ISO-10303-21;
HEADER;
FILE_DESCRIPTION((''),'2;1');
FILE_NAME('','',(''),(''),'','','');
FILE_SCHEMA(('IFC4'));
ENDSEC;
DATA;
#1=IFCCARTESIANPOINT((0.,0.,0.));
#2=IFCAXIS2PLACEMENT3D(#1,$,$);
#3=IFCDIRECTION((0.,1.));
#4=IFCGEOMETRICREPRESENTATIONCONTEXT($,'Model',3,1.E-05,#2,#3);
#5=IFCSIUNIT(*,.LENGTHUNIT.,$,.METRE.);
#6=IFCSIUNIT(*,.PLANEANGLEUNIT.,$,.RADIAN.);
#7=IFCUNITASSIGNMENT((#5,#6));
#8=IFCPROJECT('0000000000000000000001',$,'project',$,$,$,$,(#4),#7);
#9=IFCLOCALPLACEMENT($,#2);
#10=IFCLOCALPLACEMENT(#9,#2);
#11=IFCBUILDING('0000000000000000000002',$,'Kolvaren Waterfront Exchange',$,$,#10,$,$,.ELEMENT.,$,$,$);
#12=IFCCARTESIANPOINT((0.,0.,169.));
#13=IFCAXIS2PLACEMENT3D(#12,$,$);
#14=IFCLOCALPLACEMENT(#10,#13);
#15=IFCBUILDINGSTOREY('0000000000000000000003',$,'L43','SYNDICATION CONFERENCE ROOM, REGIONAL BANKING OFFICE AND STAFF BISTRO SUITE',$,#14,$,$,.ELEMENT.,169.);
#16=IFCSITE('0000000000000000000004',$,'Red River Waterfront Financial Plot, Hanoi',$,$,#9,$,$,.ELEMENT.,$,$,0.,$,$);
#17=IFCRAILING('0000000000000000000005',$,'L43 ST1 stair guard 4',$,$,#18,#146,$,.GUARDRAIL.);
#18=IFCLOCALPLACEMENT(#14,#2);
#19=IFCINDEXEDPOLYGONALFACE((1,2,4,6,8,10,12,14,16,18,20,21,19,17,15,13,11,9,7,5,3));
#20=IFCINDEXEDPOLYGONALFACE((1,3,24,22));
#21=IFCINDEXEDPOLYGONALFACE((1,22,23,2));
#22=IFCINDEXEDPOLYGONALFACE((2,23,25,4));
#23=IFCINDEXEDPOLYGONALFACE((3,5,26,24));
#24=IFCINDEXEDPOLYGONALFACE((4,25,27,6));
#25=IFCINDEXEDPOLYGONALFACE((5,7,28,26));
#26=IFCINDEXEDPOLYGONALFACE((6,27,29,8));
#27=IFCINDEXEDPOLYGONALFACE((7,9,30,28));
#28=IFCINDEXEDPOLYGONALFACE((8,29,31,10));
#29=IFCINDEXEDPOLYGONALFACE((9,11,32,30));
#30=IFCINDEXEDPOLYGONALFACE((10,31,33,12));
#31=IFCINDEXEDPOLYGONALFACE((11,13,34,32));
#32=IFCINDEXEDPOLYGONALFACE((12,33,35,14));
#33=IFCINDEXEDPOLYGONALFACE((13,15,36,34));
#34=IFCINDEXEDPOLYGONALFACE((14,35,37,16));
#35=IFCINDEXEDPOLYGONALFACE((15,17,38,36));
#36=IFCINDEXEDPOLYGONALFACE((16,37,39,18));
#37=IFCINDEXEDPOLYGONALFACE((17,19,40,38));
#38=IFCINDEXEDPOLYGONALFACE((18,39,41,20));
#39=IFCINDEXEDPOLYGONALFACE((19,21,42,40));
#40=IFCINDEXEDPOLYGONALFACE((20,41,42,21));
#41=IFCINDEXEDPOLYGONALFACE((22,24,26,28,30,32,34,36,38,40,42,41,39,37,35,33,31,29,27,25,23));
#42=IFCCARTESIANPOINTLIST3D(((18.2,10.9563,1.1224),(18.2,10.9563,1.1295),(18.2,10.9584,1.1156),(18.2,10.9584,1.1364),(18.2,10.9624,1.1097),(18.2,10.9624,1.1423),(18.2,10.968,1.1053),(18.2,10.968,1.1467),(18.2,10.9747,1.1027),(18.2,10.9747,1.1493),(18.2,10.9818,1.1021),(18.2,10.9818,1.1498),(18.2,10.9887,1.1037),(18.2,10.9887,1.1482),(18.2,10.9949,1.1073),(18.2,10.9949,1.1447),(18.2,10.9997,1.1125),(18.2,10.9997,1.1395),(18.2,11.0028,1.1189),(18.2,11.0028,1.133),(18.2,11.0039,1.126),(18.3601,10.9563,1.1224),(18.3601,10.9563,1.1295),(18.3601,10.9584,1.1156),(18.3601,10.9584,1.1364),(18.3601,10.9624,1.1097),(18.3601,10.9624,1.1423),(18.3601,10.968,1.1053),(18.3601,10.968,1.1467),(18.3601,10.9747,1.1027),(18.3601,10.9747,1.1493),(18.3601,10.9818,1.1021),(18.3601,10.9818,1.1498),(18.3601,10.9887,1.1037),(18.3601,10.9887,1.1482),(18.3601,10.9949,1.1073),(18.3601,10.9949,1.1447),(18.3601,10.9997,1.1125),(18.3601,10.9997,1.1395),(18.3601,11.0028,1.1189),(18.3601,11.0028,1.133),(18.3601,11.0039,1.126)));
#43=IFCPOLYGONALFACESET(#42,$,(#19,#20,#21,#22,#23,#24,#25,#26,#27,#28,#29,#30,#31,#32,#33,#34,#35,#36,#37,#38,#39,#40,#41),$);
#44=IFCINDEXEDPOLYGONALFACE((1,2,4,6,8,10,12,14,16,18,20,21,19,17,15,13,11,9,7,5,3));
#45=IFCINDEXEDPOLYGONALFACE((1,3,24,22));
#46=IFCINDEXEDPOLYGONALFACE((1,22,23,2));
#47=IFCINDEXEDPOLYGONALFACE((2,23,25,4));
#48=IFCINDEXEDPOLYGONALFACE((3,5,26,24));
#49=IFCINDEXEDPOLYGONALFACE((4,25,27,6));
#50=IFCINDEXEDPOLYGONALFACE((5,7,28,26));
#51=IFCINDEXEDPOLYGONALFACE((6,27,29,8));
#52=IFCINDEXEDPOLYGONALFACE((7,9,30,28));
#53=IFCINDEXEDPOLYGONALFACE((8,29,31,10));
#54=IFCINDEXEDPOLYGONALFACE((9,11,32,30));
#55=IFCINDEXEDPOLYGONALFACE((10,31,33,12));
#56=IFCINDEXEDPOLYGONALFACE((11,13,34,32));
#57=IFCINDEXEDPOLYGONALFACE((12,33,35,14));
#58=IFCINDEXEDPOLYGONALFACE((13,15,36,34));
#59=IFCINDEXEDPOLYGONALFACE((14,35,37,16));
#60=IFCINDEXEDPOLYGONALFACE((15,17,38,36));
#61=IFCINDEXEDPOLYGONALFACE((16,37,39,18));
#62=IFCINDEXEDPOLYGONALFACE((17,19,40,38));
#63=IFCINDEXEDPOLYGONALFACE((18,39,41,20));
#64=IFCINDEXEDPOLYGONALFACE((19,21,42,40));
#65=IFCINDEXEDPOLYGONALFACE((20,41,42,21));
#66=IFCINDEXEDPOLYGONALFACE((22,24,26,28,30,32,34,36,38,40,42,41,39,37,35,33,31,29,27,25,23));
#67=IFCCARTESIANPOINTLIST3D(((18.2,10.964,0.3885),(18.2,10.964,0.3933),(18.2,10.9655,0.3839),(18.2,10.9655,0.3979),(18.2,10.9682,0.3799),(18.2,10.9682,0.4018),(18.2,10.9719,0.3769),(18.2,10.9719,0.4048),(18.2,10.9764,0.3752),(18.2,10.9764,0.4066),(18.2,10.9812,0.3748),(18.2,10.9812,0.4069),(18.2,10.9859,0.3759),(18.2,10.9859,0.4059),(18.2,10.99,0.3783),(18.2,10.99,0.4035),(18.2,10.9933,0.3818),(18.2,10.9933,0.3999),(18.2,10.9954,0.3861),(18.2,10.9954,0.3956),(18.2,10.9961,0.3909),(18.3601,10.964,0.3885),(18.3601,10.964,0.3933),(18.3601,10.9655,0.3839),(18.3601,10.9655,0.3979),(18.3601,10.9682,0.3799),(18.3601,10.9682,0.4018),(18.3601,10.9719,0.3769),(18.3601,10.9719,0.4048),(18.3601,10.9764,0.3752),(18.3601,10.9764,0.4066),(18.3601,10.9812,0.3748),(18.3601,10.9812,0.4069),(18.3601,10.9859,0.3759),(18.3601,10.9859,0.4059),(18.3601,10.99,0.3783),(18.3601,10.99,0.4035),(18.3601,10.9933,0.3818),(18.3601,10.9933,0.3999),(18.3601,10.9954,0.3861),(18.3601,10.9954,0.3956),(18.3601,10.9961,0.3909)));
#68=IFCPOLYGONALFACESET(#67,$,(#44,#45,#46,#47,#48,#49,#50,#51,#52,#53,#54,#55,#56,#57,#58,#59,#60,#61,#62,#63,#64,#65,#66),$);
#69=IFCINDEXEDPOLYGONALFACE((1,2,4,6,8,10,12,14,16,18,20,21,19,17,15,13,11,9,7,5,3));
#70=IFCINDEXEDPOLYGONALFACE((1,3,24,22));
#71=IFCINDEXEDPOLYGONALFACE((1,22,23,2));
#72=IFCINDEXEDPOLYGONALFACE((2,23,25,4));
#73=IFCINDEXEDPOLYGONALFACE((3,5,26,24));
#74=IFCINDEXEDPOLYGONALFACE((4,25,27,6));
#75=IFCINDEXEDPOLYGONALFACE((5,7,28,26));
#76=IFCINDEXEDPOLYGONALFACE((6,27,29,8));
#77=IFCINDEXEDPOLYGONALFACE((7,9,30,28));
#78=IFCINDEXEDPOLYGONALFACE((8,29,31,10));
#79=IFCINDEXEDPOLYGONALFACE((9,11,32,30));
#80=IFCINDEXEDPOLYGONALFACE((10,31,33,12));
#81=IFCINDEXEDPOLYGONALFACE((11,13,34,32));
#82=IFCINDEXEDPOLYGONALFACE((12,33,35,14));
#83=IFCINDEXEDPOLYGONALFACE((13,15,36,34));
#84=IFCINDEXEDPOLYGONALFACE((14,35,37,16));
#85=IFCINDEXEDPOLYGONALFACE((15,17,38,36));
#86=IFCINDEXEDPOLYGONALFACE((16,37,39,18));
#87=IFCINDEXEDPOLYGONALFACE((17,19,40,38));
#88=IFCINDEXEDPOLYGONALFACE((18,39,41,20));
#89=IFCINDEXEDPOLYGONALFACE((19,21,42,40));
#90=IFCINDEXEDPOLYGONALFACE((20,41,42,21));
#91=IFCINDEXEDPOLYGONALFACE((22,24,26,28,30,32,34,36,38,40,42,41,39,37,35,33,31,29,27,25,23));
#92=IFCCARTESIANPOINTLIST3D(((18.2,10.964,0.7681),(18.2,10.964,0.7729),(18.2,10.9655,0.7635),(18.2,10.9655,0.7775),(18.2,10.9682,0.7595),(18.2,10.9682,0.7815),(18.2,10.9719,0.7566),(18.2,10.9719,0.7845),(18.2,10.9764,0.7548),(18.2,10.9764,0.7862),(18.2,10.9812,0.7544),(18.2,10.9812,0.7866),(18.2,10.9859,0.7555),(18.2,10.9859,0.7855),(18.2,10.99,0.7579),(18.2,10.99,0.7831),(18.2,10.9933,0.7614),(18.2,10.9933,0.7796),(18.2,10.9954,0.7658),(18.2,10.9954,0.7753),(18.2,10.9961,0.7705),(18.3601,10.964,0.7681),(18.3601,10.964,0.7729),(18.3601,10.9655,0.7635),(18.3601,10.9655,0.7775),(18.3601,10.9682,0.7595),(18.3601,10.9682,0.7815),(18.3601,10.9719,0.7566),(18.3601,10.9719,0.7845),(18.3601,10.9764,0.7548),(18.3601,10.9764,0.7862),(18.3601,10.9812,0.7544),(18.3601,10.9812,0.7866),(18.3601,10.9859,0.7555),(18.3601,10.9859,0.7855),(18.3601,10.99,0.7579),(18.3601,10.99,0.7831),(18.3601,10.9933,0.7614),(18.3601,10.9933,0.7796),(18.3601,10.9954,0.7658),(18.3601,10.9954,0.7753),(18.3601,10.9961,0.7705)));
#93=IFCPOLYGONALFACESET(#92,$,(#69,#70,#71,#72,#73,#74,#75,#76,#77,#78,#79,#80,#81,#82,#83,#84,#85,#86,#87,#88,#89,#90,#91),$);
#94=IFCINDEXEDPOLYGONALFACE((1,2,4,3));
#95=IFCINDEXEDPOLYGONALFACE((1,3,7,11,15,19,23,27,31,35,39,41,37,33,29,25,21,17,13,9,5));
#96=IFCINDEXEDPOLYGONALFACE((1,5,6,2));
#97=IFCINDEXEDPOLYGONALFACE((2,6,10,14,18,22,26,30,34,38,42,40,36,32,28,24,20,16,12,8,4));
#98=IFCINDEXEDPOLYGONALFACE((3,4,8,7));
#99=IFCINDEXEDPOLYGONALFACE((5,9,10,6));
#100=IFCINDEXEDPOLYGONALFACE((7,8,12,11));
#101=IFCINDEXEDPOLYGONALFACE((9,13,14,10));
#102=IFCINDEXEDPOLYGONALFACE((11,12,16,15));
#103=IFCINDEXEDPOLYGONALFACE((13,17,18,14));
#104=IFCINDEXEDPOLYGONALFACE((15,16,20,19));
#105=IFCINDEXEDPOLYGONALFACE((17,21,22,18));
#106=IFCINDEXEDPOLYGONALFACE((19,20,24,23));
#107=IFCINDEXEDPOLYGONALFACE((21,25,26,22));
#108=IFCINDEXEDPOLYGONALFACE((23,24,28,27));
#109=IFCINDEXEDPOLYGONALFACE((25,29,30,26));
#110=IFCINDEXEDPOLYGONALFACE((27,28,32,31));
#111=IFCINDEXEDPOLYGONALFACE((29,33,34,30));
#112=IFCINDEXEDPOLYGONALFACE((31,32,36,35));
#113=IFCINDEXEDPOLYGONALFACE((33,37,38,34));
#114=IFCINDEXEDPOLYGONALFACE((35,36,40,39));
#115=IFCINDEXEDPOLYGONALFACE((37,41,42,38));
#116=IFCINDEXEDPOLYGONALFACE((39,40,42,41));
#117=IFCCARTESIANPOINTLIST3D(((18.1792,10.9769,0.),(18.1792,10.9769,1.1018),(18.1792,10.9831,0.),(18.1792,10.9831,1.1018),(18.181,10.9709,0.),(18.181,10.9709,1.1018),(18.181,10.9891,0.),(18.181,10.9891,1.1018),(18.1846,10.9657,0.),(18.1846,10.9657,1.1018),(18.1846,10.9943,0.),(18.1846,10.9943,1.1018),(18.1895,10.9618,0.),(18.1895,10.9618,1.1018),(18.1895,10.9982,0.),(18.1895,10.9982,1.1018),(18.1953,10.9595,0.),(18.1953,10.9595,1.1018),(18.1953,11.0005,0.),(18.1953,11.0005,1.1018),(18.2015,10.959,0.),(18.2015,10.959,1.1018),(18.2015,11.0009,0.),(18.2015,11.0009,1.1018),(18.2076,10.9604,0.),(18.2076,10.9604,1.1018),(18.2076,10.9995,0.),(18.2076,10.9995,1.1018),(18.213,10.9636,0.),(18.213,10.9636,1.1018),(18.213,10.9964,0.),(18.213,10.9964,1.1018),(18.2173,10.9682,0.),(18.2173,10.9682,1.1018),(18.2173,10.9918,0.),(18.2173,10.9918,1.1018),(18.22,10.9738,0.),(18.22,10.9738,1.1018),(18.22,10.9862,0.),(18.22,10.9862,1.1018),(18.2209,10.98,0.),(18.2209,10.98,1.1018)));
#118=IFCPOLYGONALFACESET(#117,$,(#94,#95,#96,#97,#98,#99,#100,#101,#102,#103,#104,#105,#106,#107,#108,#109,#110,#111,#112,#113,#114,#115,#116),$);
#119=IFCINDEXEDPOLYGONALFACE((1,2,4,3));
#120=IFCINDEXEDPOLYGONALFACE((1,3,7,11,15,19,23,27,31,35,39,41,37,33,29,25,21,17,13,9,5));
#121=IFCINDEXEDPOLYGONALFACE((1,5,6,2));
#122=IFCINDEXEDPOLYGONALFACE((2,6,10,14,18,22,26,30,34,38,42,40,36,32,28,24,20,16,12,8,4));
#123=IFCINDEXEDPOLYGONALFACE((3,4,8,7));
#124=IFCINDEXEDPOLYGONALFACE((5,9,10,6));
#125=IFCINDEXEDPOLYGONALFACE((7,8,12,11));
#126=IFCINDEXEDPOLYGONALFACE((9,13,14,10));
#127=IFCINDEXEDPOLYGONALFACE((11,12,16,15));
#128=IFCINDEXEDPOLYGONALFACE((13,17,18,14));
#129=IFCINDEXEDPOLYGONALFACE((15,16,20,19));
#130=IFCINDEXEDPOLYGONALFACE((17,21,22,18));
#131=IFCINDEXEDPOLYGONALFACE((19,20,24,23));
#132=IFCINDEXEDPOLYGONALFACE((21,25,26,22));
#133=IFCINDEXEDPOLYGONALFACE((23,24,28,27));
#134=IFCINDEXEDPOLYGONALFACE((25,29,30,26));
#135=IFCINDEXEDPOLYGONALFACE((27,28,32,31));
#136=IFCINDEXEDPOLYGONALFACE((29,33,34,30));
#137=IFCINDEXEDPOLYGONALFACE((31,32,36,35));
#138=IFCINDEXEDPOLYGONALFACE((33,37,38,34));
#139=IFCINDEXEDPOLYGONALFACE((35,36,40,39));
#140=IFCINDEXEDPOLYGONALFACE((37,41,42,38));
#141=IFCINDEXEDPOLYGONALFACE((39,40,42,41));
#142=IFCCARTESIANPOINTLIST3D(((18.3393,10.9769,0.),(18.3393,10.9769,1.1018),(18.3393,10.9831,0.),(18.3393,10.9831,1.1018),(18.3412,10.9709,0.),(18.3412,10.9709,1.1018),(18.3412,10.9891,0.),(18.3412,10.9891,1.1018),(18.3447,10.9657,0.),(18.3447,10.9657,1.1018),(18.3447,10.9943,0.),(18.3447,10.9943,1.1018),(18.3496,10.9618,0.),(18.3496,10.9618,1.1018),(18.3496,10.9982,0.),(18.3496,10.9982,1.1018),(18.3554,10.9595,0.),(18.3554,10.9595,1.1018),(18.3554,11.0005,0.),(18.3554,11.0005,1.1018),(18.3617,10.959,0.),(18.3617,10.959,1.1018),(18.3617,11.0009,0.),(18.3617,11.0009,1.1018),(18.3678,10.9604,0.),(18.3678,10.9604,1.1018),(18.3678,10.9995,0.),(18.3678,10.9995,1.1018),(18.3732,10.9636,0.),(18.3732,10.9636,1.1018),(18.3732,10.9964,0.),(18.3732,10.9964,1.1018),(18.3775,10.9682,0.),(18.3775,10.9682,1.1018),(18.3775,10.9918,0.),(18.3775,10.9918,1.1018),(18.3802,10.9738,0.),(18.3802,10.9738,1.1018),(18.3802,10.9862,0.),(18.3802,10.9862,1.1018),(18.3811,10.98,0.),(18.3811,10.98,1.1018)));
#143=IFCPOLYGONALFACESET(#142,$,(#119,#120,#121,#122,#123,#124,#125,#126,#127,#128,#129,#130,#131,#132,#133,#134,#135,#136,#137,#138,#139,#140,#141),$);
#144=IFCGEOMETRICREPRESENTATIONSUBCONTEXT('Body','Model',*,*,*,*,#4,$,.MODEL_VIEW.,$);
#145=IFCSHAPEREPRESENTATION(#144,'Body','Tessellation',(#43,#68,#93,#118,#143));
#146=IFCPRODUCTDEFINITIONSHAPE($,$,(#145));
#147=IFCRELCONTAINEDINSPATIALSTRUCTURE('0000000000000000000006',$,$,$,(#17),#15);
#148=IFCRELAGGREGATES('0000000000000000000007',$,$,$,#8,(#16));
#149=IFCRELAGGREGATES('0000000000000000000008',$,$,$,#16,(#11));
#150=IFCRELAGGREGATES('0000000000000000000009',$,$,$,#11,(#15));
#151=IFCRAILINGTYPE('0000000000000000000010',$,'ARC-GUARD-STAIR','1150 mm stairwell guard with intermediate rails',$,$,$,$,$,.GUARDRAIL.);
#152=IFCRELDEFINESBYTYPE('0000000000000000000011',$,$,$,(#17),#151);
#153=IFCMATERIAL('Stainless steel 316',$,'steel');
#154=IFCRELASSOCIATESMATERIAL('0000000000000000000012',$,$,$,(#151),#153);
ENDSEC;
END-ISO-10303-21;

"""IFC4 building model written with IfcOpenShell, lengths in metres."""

from ifc_helpers import new_model, si_unit, direction, frame, origin, origin_2d, place, context, subcontext, project, spatial, circle, extrude, material, type_object, element, save


model = new_model("IFC4")

# Units and contexts
model_context = context("Model", 3, precision=1e-05, world=origin(), true_north=direction((0.0, 1.0)))
body_context = subcontext(model_context, "Body", "Model", "MODEL_VIEW")
ifc_project = project(units=[si_unit("LENGTHUNIT", "METRE"), si_unit("PLANEANGLEUNIT", "RADIAN")], contexts=[model_context])

# Site, building, storey
site_placement = place(None, origin())
site = spatial("IfcSite", under=ifc_project, at=site_placement, Name="Red River Waterfront Financial Plot, Hanoi", CompositionType="ELEMENT", RefElevation=0.0)
building_placement = place(site_placement, origin())
building = spatial("IfcBuilding", under=site, at=building_placement, Name="Kolvaren Waterfront Exchange", CompositionType="ELEMENT")
storey_placement = place(building_placement, frame((0.0, 0.0, 169.0)))
storey = spatial("IfcBuildingStorey", under=building, at=storey_placement, Name="L43", Description="SYNDICATION CONFERENCE ROOM, REGIONAL BANKING OFFICE AND STAFF BISTRO SUITE", CompositionType="ELEMENT", Elevation=169.0)

# Railing
ifc_material_1 = material(Name="Stainless steel 316", Category="steel")
railing_type_1 = type_object("IfcRailingType", Name="ARC-GUARD-STAIR", Description="1150 mm stairwell guard with intermediate rails", PredefinedType="GUARDRAIL", material=ifc_material_1)
railing_1_placement = place(storey_placement, frame((18.2, 10.98, 0.0)))
element("IfcRailing", 1, at=railing_1_placement, inside=storey, type_object=railing_type_1, Name="L43 ST1 stair guard 4", PredefinedType="GUARDRAIL", context=body_context, shape_type="SweptSolid", body=[
    extrude(circle(Radius=0.0239, at=origin_2d()), frame((0.0, 0.0, 1.126), z_axis=(1.0, 0.0, 0.0), x_axis=(0.0, 1.0, 0.0)), (0.0, 0.0, 1.0), 0.1602),
    extrude(circle(Radius=0.0161, at=origin_2d()), frame((0.0, 0.0, 0.3909), z_axis=(1.0, 0.0, 0.0), x_axis=(0.0, 1.0, 0.0)), (0.0, 0.0, 1.0), 0.1602),
    extrude(circle(Radius=0.0161, at=origin_2d()), frame((0.0, 0.0, 0.7705), z_axis=(1.0, 0.0, 0.0), x_axis=(0.0, 1.0, 0.0)), (0.0, 0.0, 1.0), 0.1602),
    extrude(circle(Radius=0.021, at=origin_2d()), origin(), (0.0, 0.0, 1.0), 1.1018),
    extrude(circle(Radius=0.021, at=origin_2d()), frame((0.1602, 0.0, 0.0)), (0.0, 0.0, 1.0), 1.1018),
])

save(model, "model.ifc")
